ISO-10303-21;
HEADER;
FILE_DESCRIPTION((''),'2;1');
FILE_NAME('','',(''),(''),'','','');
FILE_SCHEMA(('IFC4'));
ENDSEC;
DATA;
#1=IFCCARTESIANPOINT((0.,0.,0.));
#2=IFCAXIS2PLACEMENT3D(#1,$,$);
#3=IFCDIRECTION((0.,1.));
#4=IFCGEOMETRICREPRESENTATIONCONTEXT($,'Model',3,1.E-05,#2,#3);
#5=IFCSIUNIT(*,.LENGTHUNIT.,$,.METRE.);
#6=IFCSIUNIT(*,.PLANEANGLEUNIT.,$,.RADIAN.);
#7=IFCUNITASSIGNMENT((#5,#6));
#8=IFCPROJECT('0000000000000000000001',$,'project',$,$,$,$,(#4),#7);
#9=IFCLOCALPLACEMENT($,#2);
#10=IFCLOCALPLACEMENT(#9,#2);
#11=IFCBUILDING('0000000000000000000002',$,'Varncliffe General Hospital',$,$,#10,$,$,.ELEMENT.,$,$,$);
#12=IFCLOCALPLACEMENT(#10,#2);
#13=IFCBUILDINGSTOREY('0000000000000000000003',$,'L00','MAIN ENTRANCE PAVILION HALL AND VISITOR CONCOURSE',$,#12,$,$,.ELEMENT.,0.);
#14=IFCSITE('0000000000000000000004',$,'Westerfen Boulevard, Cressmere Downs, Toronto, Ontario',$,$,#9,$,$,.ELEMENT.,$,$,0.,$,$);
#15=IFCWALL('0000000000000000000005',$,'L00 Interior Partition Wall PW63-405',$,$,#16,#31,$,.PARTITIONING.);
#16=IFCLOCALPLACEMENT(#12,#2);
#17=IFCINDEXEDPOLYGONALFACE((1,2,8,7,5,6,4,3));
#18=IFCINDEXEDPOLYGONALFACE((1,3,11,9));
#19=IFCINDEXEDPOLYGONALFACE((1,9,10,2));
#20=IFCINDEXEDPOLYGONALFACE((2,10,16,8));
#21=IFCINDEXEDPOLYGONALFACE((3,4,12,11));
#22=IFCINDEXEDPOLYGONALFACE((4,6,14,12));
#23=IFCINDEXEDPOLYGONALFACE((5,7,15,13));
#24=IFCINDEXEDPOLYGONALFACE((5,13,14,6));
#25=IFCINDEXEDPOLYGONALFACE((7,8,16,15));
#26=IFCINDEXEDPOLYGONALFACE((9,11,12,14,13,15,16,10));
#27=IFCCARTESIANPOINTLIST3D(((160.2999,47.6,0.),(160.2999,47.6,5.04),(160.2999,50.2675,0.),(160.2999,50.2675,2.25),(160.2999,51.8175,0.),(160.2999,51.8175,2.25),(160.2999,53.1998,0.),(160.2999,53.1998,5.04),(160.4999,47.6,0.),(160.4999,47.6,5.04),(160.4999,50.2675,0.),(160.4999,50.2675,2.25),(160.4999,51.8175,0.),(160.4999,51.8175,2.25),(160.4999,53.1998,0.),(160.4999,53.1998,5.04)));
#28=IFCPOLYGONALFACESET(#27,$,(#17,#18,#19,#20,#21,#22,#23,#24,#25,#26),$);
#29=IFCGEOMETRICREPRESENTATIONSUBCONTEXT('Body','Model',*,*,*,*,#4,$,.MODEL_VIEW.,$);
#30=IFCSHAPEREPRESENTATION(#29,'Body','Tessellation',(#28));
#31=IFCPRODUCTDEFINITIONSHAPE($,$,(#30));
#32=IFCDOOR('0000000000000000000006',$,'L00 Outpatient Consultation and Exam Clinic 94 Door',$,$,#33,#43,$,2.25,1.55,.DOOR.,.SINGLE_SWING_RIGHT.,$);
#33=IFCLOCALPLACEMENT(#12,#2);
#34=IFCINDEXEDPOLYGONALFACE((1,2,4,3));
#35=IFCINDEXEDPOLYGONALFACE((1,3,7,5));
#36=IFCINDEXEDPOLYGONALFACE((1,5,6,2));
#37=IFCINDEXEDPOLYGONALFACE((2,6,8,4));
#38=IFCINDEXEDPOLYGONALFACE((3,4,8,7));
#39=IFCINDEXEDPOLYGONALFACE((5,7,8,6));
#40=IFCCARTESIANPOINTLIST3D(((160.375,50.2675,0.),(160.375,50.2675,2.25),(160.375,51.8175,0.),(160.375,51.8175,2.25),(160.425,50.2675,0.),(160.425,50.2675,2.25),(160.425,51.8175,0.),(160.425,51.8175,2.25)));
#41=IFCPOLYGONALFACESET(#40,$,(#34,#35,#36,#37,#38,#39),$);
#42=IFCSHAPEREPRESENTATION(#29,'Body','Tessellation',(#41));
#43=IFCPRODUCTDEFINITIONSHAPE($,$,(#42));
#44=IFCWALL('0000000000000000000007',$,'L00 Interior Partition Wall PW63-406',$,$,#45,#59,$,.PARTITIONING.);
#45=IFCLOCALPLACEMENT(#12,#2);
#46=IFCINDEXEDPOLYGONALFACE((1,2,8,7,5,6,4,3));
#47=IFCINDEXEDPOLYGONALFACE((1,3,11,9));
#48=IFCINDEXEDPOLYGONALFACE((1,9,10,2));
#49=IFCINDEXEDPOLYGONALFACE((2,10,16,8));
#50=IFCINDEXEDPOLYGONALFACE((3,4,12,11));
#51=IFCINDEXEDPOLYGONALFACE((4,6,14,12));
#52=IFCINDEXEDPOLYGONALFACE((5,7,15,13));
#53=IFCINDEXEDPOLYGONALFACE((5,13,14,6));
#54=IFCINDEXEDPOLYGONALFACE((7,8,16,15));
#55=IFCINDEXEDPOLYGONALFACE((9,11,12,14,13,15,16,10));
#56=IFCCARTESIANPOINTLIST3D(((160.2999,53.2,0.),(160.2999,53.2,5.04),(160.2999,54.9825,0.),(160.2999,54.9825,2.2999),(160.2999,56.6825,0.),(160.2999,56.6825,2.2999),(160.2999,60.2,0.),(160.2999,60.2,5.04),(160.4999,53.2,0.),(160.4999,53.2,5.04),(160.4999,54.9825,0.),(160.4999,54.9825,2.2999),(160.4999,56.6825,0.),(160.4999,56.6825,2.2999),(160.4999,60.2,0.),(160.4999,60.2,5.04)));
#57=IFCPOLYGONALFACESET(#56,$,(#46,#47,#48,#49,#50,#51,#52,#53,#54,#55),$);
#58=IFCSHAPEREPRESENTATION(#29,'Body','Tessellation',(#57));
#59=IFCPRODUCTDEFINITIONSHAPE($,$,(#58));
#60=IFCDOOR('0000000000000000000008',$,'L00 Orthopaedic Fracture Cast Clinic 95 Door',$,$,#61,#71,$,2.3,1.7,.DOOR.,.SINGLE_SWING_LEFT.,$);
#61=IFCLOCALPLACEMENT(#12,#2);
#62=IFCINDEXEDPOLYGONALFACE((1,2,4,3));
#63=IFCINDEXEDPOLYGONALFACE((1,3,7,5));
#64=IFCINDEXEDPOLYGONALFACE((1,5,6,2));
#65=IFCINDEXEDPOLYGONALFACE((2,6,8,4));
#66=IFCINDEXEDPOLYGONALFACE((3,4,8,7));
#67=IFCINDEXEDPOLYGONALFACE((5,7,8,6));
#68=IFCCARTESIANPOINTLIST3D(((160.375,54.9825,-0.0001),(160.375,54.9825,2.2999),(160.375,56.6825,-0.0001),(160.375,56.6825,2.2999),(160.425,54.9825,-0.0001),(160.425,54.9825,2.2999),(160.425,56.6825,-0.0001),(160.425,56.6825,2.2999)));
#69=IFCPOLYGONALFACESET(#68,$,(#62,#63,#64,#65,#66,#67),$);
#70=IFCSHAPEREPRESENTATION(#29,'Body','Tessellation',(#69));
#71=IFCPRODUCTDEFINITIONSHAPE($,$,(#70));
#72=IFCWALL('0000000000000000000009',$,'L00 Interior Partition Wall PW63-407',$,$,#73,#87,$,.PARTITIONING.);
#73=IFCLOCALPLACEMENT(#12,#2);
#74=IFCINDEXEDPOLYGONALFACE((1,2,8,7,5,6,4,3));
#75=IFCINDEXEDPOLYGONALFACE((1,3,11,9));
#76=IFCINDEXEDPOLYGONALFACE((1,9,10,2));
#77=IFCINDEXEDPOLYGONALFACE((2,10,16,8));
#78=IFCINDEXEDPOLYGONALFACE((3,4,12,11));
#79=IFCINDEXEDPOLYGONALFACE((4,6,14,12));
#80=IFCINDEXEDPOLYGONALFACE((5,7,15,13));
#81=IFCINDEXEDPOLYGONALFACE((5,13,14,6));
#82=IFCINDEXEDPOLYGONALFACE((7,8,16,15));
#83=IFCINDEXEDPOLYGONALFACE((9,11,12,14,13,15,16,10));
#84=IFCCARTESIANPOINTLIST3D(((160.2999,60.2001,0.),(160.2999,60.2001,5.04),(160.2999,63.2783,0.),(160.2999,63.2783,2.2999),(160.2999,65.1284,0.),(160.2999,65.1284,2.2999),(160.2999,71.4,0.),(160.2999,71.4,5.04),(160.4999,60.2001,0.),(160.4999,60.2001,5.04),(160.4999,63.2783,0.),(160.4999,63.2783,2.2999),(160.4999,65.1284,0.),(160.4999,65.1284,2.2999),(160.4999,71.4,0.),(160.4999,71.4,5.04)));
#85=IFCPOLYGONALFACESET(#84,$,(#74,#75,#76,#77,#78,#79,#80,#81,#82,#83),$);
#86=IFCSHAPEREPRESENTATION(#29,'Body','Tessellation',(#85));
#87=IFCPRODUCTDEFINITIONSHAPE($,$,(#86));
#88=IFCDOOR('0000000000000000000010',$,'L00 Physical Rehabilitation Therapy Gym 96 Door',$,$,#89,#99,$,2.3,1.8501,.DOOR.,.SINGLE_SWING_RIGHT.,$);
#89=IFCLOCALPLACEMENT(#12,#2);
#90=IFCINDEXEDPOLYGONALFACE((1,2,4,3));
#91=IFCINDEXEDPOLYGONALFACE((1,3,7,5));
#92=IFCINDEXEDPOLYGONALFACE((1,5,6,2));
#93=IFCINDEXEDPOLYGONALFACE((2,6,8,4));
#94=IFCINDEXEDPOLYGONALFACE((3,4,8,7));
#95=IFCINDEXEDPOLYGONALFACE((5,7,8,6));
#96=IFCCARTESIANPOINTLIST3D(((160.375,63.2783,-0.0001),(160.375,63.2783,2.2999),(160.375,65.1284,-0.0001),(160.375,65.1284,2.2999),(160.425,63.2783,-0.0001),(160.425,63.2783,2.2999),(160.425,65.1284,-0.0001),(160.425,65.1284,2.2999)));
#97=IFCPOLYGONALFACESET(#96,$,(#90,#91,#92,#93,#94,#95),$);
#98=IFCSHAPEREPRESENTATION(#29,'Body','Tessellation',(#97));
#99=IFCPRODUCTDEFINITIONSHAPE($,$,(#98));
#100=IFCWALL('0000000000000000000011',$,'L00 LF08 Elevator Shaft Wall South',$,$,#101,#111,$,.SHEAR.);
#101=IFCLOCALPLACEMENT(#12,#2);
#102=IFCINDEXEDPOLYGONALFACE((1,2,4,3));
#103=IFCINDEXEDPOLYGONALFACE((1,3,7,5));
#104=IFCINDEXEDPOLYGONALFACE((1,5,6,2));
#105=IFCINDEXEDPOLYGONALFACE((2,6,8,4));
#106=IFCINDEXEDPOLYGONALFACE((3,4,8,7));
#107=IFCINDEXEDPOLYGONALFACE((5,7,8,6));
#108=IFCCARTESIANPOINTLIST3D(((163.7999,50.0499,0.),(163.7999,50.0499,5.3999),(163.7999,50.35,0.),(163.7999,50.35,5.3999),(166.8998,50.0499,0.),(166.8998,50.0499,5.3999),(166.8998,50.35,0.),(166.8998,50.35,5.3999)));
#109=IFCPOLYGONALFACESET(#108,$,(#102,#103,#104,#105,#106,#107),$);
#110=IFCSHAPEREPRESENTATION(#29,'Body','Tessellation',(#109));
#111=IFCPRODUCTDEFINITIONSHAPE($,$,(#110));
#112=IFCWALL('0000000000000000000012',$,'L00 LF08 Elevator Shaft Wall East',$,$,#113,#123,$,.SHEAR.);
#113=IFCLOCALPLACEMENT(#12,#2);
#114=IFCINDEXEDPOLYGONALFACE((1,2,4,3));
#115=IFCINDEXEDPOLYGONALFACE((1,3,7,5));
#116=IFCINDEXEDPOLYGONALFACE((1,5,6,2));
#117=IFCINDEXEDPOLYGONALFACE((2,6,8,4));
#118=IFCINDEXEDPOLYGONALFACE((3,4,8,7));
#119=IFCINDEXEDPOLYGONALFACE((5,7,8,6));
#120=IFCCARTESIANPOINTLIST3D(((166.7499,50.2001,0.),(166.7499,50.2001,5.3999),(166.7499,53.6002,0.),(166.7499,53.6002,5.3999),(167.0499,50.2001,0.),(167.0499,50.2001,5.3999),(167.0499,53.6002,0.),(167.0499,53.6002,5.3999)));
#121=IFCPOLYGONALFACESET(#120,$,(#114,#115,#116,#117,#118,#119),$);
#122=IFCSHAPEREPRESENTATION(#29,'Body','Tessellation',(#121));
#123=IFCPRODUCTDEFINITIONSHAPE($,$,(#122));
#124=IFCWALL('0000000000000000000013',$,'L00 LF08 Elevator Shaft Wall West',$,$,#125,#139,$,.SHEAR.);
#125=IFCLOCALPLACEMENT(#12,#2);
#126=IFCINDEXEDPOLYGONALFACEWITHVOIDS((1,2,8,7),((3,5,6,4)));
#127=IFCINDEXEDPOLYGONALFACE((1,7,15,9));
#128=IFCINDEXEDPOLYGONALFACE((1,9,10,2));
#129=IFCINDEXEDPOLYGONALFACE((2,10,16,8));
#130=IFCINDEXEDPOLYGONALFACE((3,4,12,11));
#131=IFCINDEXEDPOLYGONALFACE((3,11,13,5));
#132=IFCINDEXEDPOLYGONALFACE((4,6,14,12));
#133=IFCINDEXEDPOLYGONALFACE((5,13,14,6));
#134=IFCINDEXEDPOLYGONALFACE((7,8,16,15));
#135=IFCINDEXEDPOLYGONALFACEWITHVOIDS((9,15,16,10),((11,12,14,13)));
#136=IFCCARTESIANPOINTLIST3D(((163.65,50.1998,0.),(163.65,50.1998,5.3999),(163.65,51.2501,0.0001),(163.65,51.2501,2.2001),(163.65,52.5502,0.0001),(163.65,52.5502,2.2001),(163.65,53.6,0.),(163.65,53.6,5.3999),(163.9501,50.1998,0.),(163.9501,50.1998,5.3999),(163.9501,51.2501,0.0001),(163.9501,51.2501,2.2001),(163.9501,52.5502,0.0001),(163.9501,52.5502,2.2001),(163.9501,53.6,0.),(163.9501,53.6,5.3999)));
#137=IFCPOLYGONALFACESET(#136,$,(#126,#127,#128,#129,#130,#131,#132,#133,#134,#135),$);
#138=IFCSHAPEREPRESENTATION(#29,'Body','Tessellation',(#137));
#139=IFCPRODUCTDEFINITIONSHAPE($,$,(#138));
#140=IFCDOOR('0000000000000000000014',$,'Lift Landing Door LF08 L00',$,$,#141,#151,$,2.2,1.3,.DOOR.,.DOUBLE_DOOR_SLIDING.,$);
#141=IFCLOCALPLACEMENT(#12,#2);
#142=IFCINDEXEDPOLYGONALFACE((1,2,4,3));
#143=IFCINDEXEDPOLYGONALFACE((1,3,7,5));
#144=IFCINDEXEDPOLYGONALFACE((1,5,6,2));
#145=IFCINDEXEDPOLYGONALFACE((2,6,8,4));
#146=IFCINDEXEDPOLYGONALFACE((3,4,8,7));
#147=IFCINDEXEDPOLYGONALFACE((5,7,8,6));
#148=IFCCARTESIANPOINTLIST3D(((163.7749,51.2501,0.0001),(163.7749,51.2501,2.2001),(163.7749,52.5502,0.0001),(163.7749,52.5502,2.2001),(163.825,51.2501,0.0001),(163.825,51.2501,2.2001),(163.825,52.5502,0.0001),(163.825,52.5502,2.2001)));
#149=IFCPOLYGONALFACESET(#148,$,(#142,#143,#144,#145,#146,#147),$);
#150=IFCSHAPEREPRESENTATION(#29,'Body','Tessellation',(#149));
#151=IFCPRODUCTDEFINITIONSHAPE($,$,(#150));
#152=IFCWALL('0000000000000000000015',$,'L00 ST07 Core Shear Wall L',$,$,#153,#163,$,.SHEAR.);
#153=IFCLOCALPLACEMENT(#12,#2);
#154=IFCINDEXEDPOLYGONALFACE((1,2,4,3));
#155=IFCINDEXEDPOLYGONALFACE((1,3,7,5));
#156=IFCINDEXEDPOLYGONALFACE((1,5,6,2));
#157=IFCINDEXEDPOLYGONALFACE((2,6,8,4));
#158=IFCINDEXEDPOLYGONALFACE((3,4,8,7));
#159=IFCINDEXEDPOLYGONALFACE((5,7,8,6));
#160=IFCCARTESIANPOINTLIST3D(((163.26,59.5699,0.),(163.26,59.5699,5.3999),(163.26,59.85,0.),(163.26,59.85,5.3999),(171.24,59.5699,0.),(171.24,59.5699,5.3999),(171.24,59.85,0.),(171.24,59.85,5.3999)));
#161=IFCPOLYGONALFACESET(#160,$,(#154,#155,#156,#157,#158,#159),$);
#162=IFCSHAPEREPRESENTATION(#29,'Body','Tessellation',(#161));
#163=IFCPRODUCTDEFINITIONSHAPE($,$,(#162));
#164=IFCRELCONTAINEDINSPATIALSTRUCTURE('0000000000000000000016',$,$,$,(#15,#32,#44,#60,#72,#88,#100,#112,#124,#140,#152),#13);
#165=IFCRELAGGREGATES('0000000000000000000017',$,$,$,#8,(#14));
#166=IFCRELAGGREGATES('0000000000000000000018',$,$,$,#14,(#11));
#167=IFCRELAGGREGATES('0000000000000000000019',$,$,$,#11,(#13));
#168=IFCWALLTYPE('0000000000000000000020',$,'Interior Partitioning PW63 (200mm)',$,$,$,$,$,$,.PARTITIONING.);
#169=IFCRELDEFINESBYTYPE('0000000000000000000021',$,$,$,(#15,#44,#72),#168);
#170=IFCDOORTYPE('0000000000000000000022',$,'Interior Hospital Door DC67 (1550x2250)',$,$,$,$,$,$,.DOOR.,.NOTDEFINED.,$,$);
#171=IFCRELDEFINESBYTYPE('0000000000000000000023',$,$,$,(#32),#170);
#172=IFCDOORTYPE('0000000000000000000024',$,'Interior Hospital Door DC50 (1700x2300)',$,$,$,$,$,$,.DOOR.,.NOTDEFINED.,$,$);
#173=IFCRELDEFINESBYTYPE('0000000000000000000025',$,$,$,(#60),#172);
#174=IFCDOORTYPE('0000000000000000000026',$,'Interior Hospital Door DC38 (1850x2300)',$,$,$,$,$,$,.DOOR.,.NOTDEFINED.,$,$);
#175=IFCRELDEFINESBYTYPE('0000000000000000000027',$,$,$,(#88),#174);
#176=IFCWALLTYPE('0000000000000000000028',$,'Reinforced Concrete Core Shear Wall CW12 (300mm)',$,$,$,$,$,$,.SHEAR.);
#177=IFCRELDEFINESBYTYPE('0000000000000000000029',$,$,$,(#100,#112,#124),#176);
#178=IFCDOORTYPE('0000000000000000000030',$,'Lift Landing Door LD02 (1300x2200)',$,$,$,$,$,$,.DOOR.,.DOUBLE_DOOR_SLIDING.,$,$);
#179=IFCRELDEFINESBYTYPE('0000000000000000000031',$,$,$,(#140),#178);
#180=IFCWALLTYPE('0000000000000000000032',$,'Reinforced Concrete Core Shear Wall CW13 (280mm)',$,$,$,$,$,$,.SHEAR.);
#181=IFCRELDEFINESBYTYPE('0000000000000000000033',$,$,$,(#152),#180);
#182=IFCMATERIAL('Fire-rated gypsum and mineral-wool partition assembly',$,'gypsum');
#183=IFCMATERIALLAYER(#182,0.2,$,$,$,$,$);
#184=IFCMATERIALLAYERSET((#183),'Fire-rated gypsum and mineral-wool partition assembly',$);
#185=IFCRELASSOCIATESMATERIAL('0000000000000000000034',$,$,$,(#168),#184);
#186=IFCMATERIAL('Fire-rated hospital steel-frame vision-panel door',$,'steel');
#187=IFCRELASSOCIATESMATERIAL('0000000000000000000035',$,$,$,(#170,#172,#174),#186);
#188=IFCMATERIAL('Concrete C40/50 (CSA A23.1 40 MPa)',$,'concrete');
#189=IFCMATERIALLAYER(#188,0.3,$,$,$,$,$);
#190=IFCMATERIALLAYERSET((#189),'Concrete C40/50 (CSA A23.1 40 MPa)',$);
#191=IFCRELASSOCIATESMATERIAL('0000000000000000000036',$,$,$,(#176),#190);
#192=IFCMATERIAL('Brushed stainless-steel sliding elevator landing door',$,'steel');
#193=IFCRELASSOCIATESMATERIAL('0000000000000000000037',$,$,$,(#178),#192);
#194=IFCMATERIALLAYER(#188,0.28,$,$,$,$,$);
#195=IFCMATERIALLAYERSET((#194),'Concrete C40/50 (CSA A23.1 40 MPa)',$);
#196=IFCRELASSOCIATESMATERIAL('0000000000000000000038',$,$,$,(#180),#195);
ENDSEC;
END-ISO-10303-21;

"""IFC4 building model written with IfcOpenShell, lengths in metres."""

from ifc_helpers import new_model, si_unit, direction, frame, frame_2d, origin, place, context, subcontext, project, spatial, rectangle, extrude, material, layer, layer_set, type_object, element, fill, save


model = new_model("IFC4")

# Units and contexts
model_context = context("Model", 3, precision=1e-05, world=origin(), true_north=direction((0.0, 1.0)))
body_context = subcontext(model_context, "Body", "Model", "MODEL_VIEW")
ifc_project = project(units=[si_unit("LENGTHUNIT", "METRE"), si_unit("PLANEANGLEUNIT", "RADIAN")], contexts=[model_context])

# Site, building, storey
site_placement = place(None, origin())
site = spatial("IfcSite", under=ifc_project, at=site_placement, Name="Westerfen Boulevard, Cressmere Downs, Toronto, Ontario", CompositionType="ELEMENT", RefElevation=0.0)
building_placement = place(site_placement, origin())
building = spatial("IfcBuilding", under=site, at=building_placement, Name="Varncliffe General Hospital", CompositionType="ELEMENT")
storey_placement = place(building_placement, origin())
storey = spatial("IfcBuildingStorey", under=building, at=storey_placement, Name="L00", Description="MAIN ENTRANCE PAVILION HALL AND VISITOR CONCOURSE", CompositionType="ELEMENT", Elevation=0.0)

# Shared definitions
ifc_material_1 = material(Name="Concrete C40/50 (CSA A23.1 40 MPa)", Category="concrete")

# Walls, openings, doors
ifc_material_2 = material(Name="Fire-rated gypsum and mineral-wool partition assembly", Category="gypsum")
ifc_layer_1 = layer(ifc_material_2, 0.2)
ifc_layer_set_1 = layer_set([ifc_layer_1], Name="Fire-rated gypsum and mineral-wool partition assembly")
wall_type_1 = type_object("IfcWallType", Name="Interior Partitioning PW63 (200mm)", PredefinedType="PARTITIONING", material=ifc_layer_set_1)
wall_1_placement = place(storey_placement, frame((160.3999, 47.6001, 0.0), z_axis=(0.0, 0.0, 1.0), x_axis=(0.0, 1.0, 0.0)))
wall_1 = element("IfcWall", 1, at=wall_1_placement, inside=storey, type_object=wall_type_1, Name="L00 Interior Partition Wall PW63-405", PredefinedType="PARTITIONING", context=body_context, shape_type="SweptSolid", body=[
    extrude(rectangle(XDim=5.5999, YDim=0.2, at=frame_2d((2.7998, 0.0))), origin(), (0.0, 0.0, 1.0), 5.04),
])
opening_1_placement = place(wall_1_placement, frame((2.6675, 0.0, 0.0)))
opening_1 = element("IfcOpeningElement", 2, at=opening_1_placement, cuts=wall_1, PredefinedType="OPENING", context=body_context, shape_type="SweptSolid", body=[
    extrude(rectangle(XDim=1.55, YDim=2.25, at=frame_2d((0.7749, 1.125))), frame((0.0, 0.1099, 0.0), z_axis=(0.0, -1.0, 0.0), x_axis=(1.0, 0.0, 0.0)), (0.0, 0.0, 1.0), 0.22),
])
ifc_material_3 = material(Name="Fire-rated hospital steel-frame vision-panel door", Category="steel")
door_type_1 = type_object("IfcDoorType", Name="Interior Hospital Door DC67 (1550x2250)", OperationType="NOTDEFINED", PredefinedType="DOOR", material=ifc_material_3)
door_1_placement = place(opening_1_placement, origin())
door_1 = element("IfcDoor", 3, at=door_1_placement, inside=storey, type_object=door_type_1, Name="L00 Outpatient Consultation and Exam Clinic 94 Door", OperationType="SINGLE_SWING_RIGHT", OverallHeight=2.25, OverallWidth=1.55, PredefinedType="DOOR", context=body_context, shape_type="SweptSolid", body=[
    extrude(rectangle(XDim=1.55, YDim=2.25, at=frame_2d((0.7749, 1.125))), frame((0.0, 0.0249, 0.0), z_axis=(0.0, -1.0, 0.0), x_axis=(1.0, 0.0, 0.0)), (0.0, 0.0, 1.0), 0.05),
])
fill(opening_1, door_1)
wall_2_placement = place(storey_placement, frame((160.3999, 53.2, 0.0), z_axis=(0.0, 0.0, 1.0), x_axis=(0.0, 1.0, 0.0)))
wall_2 = element("IfcWall", 4, at=wall_2_placement, inside=storey, type_object=wall_type_1, Name="L00 Interior Partition Wall PW63-406", PredefinedType="PARTITIONING", context=body_context, shape_type="SweptSolid", body=[
    extrude(rectangle(XDim=7.0, YDim=0.2, at=frame_2d((3.5, 0.0))), origin(), (0.0, 0.0, 1.0), 5.04),
])
opening_2_placement = place(wall_2_placement, frame((1.7825, 0.0, 0.0)))
opening_2 = element("IfcOpeningElement", 5, at=opening_2_placement, cuts=wall_2, PredefinedType="OPENING", context=body_context, shape_type="SweptSolid", body=[
    extrude(rectangle(XDim=1.7, YDim=2.3, at=frame_2d((0.8501, 1.1499))), frame((0.0, 0.1099, 0.0), z_axis=(0.0, -1.0, 0.0), x_axis=(1.0, 0.0, 0.0)), (0.0, 0.0, 1.0), 0.22),
])
door_type_2 = type_object("IfcDoorType", Name="Interior Hospital Door DC50 (1700x2300)", OperationType="NOTDEFINED", PredefinedType="DOOR", material=ifc_material_3)
door_2_placement = place(opening_2_placement, origin())
door_2 = element("IfcDoor", 6, at=door_2_placement, inside=storey, type_object=door_type_2, Name="L00 Orthopaedic Fracture Cast Clinic 95 Door", OperationType="SINGLE_SWING_LEFT", OverallHeight=2.3, OverallWidth=1.7, PredefinedType="DOOR", context=body_context, shape_type="SweptSolid", body=[
    extrude(rectangle(XDim=1.7, YDim=2.3, at=frame_2d((0.8501, 1.1499))), frame((0.0, 0.0249, 0.0), z_axis=(0.0, -1.0, 0.0), x_axis=(1.0, 0.0, 0.0)), (0.0, 0.0, 1.0), 0.05),
])
fill(opening_2, door_2)
wall_3_placement = place(storey_placement, frame((160.3999, 60.2, 0.0), z_axis=(0.0, 0.0, 1.0), x_axis=(0.0, 1.0, 0.0)))
wall_3 = element("IfcWall", 7, at=wall_3_placement, inside=storey, type_object=wall_type_1, Name="L00 Interior Partition Wall PW63-407", PredefinedType="PARTITIONING", context=body_context, shape_type="SweptSolid", body=[
    extrude(rectangle(XDim=11.2, YDim=0.2, at=frame_2d((5.6001, 0.0))), origin(), (0.0, 0.0, 1.0), 5.04),
])
opening_3_placement = place(wall_3_placement, frame((3.0784, 0.0, 0.0)))
opening_3 = element("IfcOpeningElement", 8, at=opening_3_placement, cuts=wall_3, PredefinedType="OPENING", context=body_context, shape_type="SweptSolid", body=[
    extrude(rectangle(XDim=1.8501, YDim=2.3, at=frame_2d((0.925, 1.1499))), frame((0.0, 0.1099, 0.0), z_axis=(0.0, -1.0, 0.0), x_axis=(1.0, 0.0, 0.0)), (0.0, 0.0, 1.0), 0.22),
])
door_type_3 = type_object("IfcDoorType", Name="Interior Hospital Door DC38 (1850x2300)", OperationType="NOTDEFINED", PredefinedType="DOOR", material=ifc_material_3)
door_3_placement = place(opening_3_placement, origin())
door_3 = element("IfcDoor", 9, at=door_3_placement, inside=storey, type_object=door_type_3, Name="L00 Physical Rehabilitation Therapy Gym 96 Door", OperationType="SINGLE_SWING_RIGHT", OverallHeight=2.3, OverallWidth=1.8501, PredefinedType="DOOR", context=body_context, shape_type="SweptSolid", body=[
    extrude(rectangle(XDim=1.8501, YDim=2.3, at=frame_2d((0.925, 1.1499))), frame((0.0, 0.0249, 0.0), z_axis=(0.0, -1.0, 0.0), x_axis=(1.0, 0.0, 0.0)), (0.0, 0.0, 1.0), 0.05),
])
fill(opening_3, door_3)

# Walls
ifc_layer_2 = layer(ifc_material_1, 0.3)
ifc_layer_set_2 = layer_set([ifc_layer_2], Name="Concrete C40/50 (CSA A23.1 40 MPa)")
wall_type_2 = type_object("IfcWallType", Name="Reinforced Concrete Core Shear Wall CW12 (300mm)", PredefinedType="SHEAR", material=ifc_layer_set_2)
wall_4_placement = place(storey_placement, frame((163.8, 50.2, 0.0), z_axis=(0.0, 0.0, 1.0), x_axis=(1.0, 0.0, 0.0)))
element("IfcWall", 10, at=wall_4_placement, inside=storey, type_object=wall_type_2, Name="L00 LF08 Elevator Shaft Wall South", PredefinedType="SHEAR", context=body_context, shape_type="SweptSolid", body=[
    extrude(rectangle(XDim=3.0999, YDim=0.3, at=frame_2d((1.5498, 0.0))), origin(), (0.0, 0.0, 1.0), 5.3999),
])
wall_5_placement = place(storey_placement, frame((166.8999, 50.2, 0.0), z_axis=(0.0, 0.0, 1.0), x_axis=(0.0, 1.0, 0.0)))
element("IfcWall", 11, at=wall_5_placement, inside=storey, type_object=wall_type_2, Name="L00 LF08 Elevator Shaft Wall East", PredefinedType="SHEAR", context=body_context, shape_type="SweptSolid", body=[
    extrude(rectangle(XDim=3.4001, YDim=0.3, at=frame_2d((1.7002, 0.0))), origin(), (0.0, 0.0, 1.0), 5.3999),
])

# Wall, opening, door
wall_6_placement = place(storey_placement, frame((163.8, 53.6001, 0.0), z_axis=(0.0, 0.0, 1.0), x_axis=(0.0, -1.0, 0.0)))
wall_6 = element("IfcWall", 12, at=wall_6_placement, inside=storey, type_object=wall_type_2, Name="L00 LF08 Elevator Shaft Wall West", PredefinedType="SHEAR", context=body_context, shape_type="SweptSolid", body=[
    extrude(rectangle(XDim=3.4001, YDim=0.3, at=frame_2d((1.7002, 0.0))), origin(), (0.0, 0.0, 1.0), 5.3999),
])
opening_4_placement = place(wall_6_placement, frame((1.05, 0.0, 0.0)))
opening_4 = element("IfcOpeningElement", 13, at=opening_4_placement, cuts=wall_6, PredefinedType="OPENING", context=body_context, shape_type="SweptSolid", body=[
    extrude(rectangle(XDim=1.3, YDim=2.2, at=frame_2d((0.6499, 1.1001))), frame((0.0, 0.1602, 0.0), z_axis=(0.0, -1.0, 0.0), x_axis=(1.0, 0.0, 0.0)), (0.0, 0.0, 1.0), 0.3201),
])
ifc_material_4 = material(Name="Brushed stainless-steel sliding elevator landing door", Category="steel")
door_type_4 = type_object("IfcDoorType", Name="Lift Landing Door LD02 (1300x2200)", OperationType="DOUBLE_DOOR_SLIDING", PredefinedType="DOOR", material=ifc_material_4)
door_4_placement = place(opening_4_placement, origin())
door_4 = element("IfcDoor", 14, at=door_4_placement, inside=storey, type_object=door_type_4, Name="Lift Landing Door LF08 L00", OperationType="DOUBLE_DOOR_SLIDING", OverallHeight=2.2, OverallWidth=1.3, PredefinedType="DOOR", context=body_context, shape_type="SweptSolid", body=[
    extrude(rectangle(XDim=1.3, YDim=2.2, at=frame_2d((0.6499, 1.1001))), frame((0.0, 0.0249, 0.0), z_axis=(0.0, -1.0, 0.0), x_axis=(1.0, 0.0, 0.0)), (0.0, 0.0, 1.0), 0.05),
])
fill(opening_4, door_4)

# Wall
ifc_layer_3 = layer(ifc_material_1, 0.28)
ifc_layer_set_3 = layer_set([ifc_layer_3], Name="Concrete C40/50 (CSA A23.1 40 MPa)")
wall_type_3 = type_object("IfcWallType", Name="Reinforced Concrete Core Shear Wall CW13 (280mm)", PredefinedType="SHEAR", material=ifc_layer_set_3)
wall_7_placement = place(storey_placement, frame((163.26, 59.71, 0.0), z_axis=(0.0, 0.0, 1.0), x_axis=(1.0, 0.0, 0.0)))
element("IfcWall", 15, at=wall_7_placement, inside=storey, type_object=wall_type_3, Name="L00 ST07 Core Shear Wall L", PredefinedType="SHEAR", context=body_context, shape_type="SweptSolid", body=[
    extrude(rectangle(XDim=7.98, YDim=0.28, at=frame_2d((3.99, 0.0))), origin(), (0.0, 0.0, 1.0), 5.3999),
])

save(model, "model.ifc")
